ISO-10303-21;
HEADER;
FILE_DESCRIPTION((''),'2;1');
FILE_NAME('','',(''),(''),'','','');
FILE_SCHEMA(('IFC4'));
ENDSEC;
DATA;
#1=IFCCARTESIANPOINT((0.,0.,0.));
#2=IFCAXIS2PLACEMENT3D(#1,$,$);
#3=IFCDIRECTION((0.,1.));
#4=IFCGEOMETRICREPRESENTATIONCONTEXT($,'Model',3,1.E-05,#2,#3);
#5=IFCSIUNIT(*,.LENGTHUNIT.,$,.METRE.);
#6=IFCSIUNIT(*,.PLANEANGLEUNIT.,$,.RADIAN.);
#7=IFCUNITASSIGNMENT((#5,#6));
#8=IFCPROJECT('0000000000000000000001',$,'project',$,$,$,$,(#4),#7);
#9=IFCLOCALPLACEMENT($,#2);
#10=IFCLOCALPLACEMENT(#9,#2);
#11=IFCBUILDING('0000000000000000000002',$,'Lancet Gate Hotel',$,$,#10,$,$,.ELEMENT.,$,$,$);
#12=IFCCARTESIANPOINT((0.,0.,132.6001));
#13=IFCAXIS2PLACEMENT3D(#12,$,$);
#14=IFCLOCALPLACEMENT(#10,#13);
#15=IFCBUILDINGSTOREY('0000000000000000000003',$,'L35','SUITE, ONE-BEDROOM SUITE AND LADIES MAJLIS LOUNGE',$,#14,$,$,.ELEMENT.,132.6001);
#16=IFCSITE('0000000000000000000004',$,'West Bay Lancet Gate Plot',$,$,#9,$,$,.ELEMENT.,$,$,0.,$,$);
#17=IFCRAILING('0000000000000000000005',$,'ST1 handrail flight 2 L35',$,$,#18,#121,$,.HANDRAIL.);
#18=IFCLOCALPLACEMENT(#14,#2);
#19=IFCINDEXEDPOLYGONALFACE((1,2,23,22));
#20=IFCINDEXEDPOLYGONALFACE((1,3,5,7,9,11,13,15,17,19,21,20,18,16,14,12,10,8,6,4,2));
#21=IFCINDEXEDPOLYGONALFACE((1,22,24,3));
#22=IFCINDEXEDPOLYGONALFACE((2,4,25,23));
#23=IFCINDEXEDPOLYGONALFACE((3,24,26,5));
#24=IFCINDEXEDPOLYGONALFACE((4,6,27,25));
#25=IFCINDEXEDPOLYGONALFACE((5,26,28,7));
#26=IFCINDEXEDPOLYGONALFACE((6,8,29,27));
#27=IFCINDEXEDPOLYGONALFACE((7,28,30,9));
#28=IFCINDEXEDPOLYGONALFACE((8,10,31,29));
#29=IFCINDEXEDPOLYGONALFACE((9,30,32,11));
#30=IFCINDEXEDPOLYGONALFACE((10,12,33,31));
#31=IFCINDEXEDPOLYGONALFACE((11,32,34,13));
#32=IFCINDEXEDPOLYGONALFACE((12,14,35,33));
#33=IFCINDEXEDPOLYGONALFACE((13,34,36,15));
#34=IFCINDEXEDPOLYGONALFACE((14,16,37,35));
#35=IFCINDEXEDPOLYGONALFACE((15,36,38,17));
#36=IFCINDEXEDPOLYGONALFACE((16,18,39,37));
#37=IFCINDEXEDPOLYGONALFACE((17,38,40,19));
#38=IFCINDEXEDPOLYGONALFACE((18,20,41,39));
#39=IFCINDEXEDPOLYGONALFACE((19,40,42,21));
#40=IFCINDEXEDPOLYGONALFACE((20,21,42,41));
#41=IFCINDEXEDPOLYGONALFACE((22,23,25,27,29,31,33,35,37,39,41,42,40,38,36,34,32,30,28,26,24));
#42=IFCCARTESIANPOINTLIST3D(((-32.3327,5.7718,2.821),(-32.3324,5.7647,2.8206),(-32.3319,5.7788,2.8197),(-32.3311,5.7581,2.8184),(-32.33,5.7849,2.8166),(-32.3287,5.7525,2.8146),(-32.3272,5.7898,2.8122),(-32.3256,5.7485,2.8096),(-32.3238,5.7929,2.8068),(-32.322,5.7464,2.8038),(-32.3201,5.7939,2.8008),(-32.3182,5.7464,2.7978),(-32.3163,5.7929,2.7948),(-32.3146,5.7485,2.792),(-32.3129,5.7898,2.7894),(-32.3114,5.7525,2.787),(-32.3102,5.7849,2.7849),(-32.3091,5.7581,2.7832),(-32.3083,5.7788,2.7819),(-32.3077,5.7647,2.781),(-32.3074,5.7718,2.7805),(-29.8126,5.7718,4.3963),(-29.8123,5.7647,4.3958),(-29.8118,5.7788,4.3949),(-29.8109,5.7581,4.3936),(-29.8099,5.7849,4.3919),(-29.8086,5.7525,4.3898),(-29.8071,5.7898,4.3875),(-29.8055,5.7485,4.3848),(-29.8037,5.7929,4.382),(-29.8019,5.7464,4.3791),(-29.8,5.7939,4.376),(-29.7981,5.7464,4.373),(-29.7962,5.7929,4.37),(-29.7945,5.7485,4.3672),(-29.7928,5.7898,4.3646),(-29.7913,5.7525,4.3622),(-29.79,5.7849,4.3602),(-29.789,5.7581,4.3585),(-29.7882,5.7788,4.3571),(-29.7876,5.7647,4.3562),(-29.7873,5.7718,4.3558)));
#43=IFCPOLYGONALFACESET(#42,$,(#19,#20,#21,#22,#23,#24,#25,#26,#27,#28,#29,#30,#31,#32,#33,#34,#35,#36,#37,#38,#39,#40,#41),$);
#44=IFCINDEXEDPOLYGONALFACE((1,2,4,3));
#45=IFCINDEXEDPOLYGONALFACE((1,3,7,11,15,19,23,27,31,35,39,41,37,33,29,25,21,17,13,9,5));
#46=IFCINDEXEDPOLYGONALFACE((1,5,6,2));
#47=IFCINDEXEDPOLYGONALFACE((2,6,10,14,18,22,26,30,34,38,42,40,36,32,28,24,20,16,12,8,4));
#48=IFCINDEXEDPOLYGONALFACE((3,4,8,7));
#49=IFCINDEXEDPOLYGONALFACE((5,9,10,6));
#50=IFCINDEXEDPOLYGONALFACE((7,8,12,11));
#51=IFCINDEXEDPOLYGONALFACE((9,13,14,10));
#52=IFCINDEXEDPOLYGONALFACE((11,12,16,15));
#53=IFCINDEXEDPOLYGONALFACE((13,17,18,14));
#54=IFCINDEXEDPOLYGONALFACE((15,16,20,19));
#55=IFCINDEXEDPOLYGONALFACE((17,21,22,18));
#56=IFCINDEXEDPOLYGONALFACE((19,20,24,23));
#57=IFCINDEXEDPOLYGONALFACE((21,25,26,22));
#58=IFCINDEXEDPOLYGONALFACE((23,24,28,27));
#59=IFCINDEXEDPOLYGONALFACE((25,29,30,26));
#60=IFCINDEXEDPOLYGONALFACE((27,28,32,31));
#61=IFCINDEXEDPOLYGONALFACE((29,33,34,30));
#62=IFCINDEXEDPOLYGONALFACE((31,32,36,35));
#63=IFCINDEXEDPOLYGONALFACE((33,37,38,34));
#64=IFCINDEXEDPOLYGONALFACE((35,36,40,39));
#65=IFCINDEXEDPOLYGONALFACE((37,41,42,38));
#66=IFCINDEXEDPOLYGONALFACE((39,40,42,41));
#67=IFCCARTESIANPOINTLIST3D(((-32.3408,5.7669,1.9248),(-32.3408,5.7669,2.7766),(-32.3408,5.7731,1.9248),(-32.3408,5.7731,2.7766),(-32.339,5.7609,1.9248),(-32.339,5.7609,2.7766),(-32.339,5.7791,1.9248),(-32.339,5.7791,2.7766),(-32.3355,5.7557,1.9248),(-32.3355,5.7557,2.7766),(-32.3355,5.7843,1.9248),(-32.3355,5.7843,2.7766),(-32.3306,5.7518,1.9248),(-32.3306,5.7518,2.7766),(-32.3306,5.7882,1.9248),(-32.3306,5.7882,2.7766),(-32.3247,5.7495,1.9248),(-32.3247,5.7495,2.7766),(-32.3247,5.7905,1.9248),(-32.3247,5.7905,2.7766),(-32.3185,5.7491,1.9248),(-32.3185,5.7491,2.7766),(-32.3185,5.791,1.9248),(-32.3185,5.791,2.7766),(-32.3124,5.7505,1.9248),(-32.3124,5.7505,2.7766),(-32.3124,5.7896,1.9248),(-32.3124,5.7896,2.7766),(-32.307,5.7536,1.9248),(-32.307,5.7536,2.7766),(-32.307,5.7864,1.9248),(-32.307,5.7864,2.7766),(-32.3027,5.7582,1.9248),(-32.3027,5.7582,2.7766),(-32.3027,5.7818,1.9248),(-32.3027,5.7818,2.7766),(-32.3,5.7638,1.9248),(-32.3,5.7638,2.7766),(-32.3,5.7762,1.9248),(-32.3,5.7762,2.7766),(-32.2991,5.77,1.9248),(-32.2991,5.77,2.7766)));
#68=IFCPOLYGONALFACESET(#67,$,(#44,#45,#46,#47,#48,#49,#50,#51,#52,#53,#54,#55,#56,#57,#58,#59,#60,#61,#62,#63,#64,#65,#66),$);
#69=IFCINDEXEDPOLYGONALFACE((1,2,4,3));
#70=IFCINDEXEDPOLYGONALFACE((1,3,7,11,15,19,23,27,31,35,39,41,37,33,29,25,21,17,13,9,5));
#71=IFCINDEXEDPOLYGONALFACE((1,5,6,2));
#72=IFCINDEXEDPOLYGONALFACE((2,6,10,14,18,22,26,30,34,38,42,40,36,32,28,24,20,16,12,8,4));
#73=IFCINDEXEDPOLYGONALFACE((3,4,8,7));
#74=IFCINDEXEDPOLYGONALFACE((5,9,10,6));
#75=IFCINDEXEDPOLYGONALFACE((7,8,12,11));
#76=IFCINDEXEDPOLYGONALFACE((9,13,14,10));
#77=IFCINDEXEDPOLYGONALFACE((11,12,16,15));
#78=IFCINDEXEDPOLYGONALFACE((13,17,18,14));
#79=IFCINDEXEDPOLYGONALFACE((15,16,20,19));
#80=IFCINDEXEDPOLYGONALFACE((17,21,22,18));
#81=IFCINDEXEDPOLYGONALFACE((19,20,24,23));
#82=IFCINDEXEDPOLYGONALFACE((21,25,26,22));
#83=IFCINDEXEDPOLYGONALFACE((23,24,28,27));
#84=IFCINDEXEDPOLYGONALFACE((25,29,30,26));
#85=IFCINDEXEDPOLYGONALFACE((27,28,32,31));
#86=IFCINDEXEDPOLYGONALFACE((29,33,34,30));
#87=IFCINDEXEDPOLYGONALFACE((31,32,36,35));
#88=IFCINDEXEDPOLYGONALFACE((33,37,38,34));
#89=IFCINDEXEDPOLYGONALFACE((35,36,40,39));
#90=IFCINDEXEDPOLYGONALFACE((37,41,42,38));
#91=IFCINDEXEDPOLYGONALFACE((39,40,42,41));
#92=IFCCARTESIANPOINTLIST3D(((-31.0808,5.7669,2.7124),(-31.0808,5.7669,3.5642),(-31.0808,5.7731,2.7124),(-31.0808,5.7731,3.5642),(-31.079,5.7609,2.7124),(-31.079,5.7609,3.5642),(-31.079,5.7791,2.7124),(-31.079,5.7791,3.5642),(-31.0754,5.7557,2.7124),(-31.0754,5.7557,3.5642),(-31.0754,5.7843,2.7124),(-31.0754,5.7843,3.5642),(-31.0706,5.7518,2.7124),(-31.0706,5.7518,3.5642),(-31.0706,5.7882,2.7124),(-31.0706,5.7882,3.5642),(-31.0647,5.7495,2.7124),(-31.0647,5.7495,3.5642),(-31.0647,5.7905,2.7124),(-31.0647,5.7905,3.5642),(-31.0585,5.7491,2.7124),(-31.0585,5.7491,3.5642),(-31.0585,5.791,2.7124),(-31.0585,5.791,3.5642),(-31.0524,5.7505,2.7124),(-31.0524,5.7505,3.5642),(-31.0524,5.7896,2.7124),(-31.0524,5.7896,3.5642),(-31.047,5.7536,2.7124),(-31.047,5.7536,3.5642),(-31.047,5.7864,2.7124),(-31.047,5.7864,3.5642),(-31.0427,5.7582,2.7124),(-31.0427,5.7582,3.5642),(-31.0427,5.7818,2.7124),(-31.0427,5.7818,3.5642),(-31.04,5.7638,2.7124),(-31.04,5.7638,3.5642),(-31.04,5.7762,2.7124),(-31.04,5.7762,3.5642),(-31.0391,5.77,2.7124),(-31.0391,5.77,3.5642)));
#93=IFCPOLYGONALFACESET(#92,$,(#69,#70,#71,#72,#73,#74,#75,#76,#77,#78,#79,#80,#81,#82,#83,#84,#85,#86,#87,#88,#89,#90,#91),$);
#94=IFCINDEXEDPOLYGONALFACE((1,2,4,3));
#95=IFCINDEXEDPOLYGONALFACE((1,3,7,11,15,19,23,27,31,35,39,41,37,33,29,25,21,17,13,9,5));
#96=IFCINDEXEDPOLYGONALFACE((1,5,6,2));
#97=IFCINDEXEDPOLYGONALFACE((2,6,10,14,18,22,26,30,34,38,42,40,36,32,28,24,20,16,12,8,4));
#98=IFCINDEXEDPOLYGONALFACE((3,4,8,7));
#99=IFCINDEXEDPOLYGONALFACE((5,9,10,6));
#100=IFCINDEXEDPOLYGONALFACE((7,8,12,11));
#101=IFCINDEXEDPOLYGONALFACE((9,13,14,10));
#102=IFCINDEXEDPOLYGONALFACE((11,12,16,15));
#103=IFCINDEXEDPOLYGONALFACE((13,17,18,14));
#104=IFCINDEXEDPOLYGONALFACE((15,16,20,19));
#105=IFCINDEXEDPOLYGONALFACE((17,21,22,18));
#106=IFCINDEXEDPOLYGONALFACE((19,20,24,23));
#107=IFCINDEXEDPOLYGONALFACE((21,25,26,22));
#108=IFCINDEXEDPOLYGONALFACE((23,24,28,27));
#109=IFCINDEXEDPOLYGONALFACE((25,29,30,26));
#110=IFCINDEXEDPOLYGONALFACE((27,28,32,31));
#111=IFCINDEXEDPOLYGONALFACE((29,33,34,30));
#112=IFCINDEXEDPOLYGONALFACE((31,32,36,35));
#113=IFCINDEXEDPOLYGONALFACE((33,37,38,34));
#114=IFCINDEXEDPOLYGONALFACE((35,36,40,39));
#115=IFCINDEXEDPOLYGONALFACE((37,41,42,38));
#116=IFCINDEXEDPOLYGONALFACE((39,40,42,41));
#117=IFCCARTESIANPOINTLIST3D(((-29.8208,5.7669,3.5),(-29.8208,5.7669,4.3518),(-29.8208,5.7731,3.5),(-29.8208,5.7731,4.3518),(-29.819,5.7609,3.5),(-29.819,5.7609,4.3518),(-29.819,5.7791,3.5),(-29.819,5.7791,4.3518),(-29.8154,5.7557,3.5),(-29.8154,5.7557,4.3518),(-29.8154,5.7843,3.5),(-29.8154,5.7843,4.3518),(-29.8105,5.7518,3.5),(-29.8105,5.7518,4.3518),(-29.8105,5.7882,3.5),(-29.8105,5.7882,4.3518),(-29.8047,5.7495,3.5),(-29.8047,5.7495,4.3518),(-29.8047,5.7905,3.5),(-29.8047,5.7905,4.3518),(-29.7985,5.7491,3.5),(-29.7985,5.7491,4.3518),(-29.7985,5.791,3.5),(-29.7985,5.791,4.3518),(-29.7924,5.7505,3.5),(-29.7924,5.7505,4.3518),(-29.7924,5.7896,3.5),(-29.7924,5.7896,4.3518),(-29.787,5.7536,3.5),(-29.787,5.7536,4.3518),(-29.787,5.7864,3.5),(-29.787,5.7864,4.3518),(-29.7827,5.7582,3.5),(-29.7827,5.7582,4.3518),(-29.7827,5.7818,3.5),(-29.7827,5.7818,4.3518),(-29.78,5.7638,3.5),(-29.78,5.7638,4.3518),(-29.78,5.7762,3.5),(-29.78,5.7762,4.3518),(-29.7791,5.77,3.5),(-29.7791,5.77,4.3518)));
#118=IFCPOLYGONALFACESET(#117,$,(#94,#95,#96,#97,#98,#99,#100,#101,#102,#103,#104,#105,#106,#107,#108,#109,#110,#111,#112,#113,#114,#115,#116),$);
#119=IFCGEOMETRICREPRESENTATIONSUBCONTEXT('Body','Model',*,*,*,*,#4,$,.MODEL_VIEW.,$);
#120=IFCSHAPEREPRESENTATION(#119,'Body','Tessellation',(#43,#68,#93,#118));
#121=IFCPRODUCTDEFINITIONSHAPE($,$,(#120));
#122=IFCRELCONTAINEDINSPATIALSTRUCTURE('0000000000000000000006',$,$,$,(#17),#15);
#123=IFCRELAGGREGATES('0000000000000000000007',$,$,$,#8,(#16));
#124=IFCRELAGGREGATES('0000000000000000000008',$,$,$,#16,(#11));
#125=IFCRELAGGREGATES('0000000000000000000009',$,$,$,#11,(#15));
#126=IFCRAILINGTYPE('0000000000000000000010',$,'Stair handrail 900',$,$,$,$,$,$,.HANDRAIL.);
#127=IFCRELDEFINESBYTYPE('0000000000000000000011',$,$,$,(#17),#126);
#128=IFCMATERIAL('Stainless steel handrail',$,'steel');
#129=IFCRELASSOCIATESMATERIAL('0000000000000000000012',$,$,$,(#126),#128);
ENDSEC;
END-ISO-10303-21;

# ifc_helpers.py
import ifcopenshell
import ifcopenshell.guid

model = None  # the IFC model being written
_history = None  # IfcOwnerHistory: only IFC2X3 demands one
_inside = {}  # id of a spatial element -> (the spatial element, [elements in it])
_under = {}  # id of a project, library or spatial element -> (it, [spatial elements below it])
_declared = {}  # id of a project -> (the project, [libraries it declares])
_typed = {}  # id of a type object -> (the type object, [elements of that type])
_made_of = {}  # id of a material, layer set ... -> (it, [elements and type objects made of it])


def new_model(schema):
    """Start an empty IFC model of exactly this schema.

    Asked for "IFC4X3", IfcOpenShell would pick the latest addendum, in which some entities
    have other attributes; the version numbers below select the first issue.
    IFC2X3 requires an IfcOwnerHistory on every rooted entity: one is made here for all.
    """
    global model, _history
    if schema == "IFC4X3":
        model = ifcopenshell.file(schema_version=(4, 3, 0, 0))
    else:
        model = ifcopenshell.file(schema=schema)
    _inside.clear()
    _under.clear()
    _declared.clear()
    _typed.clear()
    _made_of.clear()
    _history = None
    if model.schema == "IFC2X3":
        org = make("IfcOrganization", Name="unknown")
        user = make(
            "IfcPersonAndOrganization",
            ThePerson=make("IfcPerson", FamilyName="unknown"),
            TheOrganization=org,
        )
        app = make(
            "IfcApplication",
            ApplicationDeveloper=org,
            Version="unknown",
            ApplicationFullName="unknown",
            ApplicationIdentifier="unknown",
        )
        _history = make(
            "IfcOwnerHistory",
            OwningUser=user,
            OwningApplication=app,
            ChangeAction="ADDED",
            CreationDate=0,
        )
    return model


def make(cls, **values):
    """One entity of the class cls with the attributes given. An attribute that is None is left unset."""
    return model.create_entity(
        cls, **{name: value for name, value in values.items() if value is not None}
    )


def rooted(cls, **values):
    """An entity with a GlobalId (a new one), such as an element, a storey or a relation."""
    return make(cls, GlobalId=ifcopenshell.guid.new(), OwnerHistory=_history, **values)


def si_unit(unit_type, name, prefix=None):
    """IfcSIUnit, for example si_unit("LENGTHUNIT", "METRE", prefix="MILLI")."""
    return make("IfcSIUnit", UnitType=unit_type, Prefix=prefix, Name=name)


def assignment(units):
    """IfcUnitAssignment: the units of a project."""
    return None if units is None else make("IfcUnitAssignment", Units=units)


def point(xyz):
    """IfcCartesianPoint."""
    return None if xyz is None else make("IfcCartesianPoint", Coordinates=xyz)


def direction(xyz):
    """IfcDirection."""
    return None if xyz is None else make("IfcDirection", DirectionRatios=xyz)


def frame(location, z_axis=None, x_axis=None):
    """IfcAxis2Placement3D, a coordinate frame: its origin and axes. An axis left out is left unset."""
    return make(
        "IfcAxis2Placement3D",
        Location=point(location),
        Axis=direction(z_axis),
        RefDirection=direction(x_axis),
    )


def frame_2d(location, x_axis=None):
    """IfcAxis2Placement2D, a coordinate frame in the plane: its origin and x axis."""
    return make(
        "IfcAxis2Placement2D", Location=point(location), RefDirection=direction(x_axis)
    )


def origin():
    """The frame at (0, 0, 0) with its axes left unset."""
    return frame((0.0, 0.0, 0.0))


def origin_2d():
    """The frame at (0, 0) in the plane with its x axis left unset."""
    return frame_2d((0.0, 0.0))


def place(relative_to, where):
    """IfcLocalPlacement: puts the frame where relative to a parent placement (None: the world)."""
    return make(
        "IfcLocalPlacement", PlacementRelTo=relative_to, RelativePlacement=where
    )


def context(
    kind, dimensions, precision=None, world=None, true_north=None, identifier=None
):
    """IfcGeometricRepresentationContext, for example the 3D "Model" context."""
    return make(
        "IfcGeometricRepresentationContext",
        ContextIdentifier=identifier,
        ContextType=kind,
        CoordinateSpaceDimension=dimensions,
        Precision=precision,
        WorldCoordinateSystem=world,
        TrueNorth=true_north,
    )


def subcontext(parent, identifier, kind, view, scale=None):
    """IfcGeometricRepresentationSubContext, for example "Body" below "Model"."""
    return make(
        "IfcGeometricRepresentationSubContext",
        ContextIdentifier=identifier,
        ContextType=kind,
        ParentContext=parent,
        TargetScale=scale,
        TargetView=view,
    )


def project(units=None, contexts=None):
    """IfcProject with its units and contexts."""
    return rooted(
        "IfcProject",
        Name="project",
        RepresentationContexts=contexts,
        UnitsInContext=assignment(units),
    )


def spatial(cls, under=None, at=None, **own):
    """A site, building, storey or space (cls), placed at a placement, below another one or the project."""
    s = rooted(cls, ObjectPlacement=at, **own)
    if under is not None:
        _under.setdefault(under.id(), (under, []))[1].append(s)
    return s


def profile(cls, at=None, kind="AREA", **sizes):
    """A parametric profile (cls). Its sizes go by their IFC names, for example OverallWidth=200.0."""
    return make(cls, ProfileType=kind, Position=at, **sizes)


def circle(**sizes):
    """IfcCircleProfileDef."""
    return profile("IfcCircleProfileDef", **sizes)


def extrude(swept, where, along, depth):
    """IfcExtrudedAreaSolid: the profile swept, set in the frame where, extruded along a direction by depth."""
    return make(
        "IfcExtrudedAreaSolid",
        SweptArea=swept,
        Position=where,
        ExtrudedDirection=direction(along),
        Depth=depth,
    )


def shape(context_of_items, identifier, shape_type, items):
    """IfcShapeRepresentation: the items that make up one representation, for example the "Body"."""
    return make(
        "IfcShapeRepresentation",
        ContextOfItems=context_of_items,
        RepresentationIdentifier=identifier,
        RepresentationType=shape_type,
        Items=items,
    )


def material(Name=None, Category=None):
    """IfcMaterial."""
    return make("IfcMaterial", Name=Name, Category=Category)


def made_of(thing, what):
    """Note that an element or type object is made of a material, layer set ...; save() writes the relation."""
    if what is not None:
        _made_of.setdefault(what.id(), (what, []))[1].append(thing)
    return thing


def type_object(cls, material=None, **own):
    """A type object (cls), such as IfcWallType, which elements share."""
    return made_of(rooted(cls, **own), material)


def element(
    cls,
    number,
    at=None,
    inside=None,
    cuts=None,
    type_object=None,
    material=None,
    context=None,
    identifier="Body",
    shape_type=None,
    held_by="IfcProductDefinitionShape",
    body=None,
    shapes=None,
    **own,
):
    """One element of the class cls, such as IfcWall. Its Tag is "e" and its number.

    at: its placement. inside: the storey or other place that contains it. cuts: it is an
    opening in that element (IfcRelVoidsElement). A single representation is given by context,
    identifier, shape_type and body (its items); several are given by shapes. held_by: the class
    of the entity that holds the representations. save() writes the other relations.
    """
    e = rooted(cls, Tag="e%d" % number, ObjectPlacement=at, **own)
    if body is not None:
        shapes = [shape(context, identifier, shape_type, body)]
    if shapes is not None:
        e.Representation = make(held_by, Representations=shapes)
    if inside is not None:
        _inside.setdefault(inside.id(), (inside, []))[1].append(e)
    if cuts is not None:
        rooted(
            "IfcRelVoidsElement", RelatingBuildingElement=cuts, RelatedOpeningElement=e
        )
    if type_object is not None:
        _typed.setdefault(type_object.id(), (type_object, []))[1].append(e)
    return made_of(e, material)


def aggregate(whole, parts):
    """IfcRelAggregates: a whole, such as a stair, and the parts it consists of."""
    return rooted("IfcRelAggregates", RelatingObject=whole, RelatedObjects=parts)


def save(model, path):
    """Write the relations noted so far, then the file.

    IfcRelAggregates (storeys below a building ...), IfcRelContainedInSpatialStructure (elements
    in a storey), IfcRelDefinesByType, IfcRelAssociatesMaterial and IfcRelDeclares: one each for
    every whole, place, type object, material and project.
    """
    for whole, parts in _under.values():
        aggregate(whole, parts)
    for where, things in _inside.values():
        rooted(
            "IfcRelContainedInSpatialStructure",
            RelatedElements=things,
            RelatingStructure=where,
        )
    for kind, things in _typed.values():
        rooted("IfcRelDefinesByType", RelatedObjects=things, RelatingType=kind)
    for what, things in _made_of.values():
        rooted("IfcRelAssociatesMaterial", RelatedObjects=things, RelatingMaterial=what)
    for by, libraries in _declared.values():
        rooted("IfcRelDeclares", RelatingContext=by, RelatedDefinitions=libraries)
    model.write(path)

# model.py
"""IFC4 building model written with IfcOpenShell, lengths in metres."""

from ifc_helpers import new_model, si_unit, direction, frame, origin, origin_2d, place, context, subcontext, project, spatial, circle, extrude, material, type_object, element, save


model = new_model("IFC4")

# Units and contexts
model_context = context("Model", 3, precision=1e-05, world=origin(), true_north=direction((0.0, 1.0)))
body_context = subcontext(model_context, "Body", "Model", "MODEL_VIEW")
ifc_project = project(units=[si_unit("LENGTHUNIT", "METRE"), si_unit("PLANEANGLEUNIT", "RADIAN")], contexts=[model_context])

# Site, building, storey
site_placement = place(None, origin())
site = spatial("IfcSite", under=ifc_project, at=site_placement, Name="West Bay Lancet Gate Plot", CompositionType="ELEMENT", RefElevation=0.0)
building_placement = place(site_placement, origin())
building = spatial("IfcBuilding", under=site, at=building_placement, Name="Lancet Gate Hotel", CompositionType="ELEMENT")
storey_placement = place(building_placement, frame((0.0, 0.0, 132.6001)))
storey = spatial("IfcBuildingStorey", under=building, at=storey_placement, Name="L35", Description="SUITE, ONE-BEDROOM SUITE AND LADIES MAJLIS LOUNGE", CompositionType="ELEMENT", Elevation=132.6001)

# Railing
ifc_material_1 = material(Name="Stainless steel handrail", Category="steel")
railing_type = type_object("IfcRailingType", Name="Stair handrail 900", PredefinedType="HANDRAIL", material=ifc_material_1)
railing_placement = place(storey_placement, frame((-32.3201, 5.77, 1.9248)))
element("IfcRailing", 1, at=railing_placement, inside=storey, type_object=railing_type, Name="ST1 handrail flight 2 L35", PredefinedType="HANDRAIL", context=body_context, shape_type="SweptSolid", body=[
    extrude(circle(Radius=0.0239, at=origin_2d()), frame((0.0, 0.0, 0.876), z_axis=(0.847971, 0.0, 0.530043), x_axis=(0.0, 1.0, 0.0)), (0.0, 0.0, 1.0), 2.9719),
    extrude(circle(Radius=0.021, at=origin_2d()), origin(), (0.0, 0.0, 1.0), 0.8518),
    extrude(circle(Radius=0.021, at=origin_2d()), frame((1.26, 0.0, 0.7876)), (0.0, 0.0, 1.0), 0.8518),
    extrude(circle(Radius=0.021, at=origin_2d()), frame((2.52, 0.0, 1.5752)), (0.0, 0.0, 1.0), 0.8518),
])

save(model, "model.ifc")
